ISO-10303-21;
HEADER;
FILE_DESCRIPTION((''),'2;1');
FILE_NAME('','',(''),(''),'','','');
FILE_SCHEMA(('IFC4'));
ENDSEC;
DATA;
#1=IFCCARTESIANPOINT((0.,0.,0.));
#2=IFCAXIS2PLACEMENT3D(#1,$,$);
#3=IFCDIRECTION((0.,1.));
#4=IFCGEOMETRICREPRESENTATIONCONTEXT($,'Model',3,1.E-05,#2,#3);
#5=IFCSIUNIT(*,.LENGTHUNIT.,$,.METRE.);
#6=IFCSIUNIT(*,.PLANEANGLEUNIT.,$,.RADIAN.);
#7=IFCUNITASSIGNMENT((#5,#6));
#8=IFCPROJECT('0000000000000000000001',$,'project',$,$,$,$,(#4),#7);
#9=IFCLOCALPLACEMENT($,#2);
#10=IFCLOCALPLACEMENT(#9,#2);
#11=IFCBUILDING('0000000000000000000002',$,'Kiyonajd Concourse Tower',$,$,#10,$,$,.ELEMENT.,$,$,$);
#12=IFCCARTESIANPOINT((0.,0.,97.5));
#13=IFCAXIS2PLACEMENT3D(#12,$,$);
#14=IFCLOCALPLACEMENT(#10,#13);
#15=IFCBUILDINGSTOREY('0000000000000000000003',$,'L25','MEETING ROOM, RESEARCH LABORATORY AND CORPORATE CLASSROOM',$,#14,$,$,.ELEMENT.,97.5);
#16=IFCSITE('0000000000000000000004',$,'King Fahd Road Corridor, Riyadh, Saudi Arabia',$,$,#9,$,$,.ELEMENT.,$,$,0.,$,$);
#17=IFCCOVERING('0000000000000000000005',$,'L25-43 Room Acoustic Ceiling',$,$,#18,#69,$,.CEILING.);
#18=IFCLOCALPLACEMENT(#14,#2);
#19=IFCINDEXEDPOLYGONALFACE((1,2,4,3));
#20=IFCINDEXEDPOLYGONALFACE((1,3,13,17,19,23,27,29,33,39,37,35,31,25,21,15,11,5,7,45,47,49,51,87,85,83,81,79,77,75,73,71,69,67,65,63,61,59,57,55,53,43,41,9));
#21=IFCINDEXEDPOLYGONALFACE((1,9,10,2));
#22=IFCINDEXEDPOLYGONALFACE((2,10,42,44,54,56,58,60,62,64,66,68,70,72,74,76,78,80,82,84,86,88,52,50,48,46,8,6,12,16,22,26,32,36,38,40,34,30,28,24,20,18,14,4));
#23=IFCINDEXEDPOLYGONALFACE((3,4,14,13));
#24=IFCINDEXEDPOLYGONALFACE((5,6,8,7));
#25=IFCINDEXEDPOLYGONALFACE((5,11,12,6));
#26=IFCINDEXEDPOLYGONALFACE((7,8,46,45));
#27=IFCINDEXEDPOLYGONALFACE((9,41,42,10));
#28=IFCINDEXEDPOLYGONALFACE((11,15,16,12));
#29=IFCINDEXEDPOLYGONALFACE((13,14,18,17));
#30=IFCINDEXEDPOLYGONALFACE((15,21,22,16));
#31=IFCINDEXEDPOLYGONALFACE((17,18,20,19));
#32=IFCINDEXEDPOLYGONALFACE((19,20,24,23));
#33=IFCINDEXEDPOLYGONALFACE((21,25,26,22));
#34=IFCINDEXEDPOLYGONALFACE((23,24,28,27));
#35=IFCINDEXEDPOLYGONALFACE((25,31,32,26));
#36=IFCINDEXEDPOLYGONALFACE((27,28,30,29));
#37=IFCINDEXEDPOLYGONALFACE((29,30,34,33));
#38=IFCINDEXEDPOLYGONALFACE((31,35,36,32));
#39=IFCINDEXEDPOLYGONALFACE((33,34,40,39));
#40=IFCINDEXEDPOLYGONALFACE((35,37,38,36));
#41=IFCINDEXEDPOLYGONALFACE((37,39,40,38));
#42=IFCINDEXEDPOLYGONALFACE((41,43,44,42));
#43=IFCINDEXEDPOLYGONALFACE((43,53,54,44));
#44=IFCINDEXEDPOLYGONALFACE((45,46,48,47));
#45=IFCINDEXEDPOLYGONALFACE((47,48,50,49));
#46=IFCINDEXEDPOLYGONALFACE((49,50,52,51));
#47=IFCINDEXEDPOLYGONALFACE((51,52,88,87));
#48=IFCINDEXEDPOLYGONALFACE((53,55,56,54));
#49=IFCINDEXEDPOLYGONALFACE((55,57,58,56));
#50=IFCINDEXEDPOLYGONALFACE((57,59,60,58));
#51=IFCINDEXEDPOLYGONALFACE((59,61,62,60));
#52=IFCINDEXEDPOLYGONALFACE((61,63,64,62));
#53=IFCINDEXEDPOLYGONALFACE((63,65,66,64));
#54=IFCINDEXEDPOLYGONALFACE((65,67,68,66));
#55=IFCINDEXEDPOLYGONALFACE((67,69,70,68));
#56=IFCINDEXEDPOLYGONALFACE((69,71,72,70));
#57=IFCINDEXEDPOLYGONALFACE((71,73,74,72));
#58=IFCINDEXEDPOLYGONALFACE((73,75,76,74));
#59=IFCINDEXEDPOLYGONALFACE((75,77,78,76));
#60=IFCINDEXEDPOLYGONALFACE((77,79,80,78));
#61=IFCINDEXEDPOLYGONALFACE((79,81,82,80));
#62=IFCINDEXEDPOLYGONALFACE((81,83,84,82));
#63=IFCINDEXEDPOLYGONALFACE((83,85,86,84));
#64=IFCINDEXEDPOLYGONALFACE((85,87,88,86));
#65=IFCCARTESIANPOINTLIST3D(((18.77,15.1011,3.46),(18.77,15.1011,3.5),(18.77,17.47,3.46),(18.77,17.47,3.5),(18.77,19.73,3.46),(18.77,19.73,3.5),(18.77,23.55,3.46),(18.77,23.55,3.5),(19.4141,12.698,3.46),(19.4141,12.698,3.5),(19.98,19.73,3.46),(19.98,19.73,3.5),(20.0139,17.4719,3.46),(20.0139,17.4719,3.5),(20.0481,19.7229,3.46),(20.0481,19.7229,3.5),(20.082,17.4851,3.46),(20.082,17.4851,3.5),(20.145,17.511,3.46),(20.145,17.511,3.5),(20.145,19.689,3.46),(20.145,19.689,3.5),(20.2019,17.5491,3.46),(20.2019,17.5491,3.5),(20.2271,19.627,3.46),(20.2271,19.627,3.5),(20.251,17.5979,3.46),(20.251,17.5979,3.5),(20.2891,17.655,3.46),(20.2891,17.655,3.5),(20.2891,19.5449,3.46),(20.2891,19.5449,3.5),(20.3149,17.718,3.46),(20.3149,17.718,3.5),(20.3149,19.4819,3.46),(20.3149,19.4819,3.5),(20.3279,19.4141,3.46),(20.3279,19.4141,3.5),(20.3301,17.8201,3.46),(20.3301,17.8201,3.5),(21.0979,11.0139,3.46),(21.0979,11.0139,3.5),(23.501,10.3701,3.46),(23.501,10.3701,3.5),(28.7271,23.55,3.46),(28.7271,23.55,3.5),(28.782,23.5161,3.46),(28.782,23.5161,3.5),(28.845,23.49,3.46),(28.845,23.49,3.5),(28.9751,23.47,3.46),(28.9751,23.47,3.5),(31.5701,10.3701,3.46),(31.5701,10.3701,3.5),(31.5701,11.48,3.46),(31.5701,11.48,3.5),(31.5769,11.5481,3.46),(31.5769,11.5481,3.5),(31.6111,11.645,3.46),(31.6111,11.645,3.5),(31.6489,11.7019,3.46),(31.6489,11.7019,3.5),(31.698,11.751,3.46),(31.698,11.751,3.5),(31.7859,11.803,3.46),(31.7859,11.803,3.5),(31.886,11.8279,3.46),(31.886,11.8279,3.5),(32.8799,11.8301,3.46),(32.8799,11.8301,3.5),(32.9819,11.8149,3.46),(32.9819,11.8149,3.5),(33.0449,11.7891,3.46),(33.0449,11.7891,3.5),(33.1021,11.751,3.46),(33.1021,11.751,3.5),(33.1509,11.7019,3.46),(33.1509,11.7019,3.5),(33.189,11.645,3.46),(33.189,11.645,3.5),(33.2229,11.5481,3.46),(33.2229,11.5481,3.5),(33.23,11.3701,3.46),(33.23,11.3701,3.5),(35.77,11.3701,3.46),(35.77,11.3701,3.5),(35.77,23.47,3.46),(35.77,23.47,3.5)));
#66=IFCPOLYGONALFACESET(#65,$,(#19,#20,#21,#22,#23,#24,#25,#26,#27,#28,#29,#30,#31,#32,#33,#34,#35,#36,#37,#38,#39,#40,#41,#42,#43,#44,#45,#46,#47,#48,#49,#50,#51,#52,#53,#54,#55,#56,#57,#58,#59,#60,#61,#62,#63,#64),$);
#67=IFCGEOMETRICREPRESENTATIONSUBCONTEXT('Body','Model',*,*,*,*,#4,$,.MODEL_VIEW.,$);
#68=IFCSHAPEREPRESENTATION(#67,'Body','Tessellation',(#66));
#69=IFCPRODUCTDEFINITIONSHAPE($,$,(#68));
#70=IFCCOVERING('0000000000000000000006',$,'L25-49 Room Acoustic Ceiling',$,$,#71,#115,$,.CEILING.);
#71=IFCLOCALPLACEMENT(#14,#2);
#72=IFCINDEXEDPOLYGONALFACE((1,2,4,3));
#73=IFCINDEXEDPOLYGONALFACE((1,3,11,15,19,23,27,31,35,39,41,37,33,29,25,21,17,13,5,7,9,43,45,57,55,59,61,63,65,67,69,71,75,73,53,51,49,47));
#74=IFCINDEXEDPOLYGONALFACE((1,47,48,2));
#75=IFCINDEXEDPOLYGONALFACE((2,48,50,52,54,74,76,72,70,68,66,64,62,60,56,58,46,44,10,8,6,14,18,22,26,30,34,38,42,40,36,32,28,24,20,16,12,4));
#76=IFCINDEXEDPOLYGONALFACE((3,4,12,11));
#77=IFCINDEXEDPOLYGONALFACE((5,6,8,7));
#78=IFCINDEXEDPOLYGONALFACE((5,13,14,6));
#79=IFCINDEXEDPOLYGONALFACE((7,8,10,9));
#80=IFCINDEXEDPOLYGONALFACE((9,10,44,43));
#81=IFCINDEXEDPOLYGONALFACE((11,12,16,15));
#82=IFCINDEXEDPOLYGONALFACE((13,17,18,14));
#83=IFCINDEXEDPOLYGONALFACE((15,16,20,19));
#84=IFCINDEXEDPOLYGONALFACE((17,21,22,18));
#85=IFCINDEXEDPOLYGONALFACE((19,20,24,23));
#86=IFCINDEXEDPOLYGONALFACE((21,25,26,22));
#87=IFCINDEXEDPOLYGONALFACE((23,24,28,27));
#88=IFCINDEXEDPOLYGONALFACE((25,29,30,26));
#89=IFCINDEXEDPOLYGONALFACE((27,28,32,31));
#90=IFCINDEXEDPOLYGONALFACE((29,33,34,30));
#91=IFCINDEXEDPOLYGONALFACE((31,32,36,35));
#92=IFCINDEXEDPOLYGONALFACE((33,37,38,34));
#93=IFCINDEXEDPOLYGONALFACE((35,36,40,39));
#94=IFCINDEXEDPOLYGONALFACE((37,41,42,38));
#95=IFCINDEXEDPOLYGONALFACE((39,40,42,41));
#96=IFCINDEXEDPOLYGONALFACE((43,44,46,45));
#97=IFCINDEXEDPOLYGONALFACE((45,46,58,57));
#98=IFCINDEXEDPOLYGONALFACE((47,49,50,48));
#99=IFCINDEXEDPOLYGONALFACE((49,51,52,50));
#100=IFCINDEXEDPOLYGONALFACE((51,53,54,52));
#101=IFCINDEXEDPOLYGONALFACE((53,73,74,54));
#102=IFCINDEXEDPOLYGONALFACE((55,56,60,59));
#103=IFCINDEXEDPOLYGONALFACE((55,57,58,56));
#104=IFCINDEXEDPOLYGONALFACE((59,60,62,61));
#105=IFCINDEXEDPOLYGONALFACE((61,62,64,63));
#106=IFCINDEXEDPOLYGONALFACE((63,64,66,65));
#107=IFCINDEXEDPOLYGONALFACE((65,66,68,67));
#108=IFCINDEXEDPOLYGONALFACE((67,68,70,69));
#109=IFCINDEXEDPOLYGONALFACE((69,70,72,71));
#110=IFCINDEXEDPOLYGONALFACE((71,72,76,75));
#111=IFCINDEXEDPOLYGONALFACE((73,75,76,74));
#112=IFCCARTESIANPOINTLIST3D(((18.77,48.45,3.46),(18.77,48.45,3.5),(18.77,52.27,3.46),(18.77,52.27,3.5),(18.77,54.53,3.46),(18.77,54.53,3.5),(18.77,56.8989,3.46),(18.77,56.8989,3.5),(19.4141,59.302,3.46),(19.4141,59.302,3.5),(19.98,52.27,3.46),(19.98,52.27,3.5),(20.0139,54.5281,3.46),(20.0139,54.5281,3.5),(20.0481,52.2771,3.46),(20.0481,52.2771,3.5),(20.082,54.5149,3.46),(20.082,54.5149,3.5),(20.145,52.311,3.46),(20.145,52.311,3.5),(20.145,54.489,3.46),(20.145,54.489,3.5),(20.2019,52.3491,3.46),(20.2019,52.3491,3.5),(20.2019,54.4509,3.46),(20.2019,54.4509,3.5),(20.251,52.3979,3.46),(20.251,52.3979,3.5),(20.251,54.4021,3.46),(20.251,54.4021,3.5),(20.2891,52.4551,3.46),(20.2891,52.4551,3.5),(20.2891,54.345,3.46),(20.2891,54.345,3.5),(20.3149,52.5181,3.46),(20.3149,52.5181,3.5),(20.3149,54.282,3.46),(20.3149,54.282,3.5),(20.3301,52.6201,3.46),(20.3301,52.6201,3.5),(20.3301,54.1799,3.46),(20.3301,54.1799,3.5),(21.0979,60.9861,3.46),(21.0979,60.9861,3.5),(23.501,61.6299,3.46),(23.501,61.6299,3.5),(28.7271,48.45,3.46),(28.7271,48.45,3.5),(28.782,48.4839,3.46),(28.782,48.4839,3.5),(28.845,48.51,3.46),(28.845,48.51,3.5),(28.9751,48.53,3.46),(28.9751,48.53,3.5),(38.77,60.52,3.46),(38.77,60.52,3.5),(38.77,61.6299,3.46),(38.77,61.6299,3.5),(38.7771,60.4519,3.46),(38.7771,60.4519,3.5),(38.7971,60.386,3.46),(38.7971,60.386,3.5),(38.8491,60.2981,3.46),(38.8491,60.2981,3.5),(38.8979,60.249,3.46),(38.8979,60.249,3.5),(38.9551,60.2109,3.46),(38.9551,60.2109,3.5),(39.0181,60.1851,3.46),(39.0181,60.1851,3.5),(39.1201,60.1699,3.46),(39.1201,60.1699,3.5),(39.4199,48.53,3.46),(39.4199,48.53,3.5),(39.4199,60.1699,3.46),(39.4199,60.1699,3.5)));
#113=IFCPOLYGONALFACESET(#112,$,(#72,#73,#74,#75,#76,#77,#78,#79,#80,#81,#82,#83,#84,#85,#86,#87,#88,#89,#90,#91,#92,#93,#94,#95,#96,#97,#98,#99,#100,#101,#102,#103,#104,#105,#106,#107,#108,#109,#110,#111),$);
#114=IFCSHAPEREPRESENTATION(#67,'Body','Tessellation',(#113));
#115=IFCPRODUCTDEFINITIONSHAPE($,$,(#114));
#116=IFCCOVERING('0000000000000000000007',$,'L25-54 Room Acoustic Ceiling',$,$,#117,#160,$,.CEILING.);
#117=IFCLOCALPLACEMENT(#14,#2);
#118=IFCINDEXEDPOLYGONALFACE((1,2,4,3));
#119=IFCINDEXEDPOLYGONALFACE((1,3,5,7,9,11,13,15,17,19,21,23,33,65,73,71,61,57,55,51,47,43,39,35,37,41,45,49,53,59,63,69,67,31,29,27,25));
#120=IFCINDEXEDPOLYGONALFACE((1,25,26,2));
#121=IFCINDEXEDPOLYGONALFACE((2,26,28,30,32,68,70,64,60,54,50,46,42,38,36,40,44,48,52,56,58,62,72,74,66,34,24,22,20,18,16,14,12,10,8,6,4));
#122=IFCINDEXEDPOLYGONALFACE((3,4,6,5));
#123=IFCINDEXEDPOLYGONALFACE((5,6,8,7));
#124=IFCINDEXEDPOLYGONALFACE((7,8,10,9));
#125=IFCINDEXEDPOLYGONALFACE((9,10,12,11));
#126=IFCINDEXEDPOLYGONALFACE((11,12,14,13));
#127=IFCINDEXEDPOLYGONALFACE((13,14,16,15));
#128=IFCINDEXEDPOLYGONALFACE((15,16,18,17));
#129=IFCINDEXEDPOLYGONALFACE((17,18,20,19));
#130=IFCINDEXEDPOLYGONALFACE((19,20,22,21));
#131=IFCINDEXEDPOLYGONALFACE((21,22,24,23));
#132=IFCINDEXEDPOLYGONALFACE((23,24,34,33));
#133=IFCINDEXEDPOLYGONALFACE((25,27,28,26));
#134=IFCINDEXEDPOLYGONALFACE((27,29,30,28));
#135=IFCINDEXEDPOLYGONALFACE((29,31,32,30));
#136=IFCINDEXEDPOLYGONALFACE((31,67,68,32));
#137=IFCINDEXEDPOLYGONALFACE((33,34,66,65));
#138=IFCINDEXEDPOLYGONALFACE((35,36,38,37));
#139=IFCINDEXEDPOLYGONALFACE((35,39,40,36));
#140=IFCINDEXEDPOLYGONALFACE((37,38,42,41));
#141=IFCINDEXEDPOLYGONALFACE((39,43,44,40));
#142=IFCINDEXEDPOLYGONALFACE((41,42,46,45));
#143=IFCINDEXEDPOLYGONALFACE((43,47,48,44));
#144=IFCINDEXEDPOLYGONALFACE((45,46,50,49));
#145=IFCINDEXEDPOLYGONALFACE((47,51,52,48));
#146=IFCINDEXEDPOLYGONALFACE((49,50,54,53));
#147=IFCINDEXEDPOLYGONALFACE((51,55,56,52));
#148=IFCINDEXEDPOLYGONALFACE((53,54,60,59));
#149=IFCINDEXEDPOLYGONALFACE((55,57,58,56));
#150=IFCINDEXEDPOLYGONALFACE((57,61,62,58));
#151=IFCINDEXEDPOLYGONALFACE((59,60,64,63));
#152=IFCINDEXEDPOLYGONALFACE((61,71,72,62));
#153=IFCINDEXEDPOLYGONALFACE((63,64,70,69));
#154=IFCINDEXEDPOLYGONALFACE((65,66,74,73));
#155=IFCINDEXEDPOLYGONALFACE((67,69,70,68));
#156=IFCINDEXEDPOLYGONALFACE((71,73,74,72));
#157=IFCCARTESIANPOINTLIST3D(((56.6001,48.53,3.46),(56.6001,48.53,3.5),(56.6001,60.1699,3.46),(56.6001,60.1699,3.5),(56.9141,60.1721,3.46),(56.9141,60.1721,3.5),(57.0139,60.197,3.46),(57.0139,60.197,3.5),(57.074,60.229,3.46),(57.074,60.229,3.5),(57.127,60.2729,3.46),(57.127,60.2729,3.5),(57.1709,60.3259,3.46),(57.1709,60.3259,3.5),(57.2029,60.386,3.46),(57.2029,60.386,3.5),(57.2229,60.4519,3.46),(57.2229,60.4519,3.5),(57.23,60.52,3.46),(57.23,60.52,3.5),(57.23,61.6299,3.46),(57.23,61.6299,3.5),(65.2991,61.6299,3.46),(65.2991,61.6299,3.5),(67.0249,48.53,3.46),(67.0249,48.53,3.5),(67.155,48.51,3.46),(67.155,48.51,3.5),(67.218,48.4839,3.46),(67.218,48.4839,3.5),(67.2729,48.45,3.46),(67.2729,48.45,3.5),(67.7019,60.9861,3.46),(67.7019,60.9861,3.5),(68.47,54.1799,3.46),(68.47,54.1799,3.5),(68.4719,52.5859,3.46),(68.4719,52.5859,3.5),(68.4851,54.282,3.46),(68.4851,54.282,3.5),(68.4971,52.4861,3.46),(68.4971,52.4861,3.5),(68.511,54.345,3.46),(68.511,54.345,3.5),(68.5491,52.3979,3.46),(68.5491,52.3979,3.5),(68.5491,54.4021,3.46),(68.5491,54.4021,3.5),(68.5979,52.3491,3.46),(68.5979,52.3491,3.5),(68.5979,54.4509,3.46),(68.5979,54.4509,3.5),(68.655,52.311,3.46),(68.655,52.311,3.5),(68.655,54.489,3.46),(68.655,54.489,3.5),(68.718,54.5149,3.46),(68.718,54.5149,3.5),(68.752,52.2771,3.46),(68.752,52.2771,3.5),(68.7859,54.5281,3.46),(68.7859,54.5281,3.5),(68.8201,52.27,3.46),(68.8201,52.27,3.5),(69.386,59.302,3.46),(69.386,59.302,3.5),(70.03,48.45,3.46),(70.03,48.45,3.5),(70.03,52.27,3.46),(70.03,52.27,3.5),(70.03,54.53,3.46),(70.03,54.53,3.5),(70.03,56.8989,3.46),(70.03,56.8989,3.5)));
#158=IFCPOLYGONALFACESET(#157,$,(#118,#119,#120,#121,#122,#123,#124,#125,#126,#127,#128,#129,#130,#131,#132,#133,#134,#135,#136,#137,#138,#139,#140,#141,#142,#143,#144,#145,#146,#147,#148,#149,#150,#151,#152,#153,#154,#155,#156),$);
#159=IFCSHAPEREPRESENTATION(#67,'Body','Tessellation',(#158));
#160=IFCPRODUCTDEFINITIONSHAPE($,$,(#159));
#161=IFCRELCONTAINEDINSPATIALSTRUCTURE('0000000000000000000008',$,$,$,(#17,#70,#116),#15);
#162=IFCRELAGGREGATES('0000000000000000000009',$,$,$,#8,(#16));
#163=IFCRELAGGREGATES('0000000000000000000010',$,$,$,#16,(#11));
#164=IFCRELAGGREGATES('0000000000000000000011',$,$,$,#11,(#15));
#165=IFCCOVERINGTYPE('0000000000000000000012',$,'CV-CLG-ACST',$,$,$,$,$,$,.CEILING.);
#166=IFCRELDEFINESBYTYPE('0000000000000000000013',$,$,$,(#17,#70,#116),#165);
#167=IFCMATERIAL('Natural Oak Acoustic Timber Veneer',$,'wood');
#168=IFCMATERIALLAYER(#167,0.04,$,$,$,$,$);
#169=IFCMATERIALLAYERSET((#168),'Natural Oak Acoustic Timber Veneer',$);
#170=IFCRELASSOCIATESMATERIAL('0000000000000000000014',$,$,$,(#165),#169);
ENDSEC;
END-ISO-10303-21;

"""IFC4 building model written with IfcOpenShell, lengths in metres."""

from ifc_helpers import new_model, si_unit, direction, frame, origin, place, context, subcontext, project, spatial, polyline, outline, extrude, material, layer, layer_set, type_object, element, save


model = new_model("IFC4")

# Units and contexts
model_context = context("Model", 3, precision=1e-05, world=origin(), true_north=direction((0.0, 1.0)))
body_context = subcontext(model_context, "Body", "Model", "MODEL_VIEW")
ifc_project = project(units=[si_unit("LENGTHUNIT", "METRE"), si_unit("PLANEANGLEUNIT", "RADIAN")], contexts=[model_context])

# Site, building, storey
site_placement = place(None, origin())
site = spatial("IfcSite", under=ifc_project, at=site_placement, Name="King Fahd Road Corridor, Riyadh, Saudi Arabia", CompositionType="ELEMENT", RefElevation=0.0)
building_placement = place(site_placement, origin())
building = spatial("IfcBuilding", under=site, at=building_placement, Name="Kiyonajd Concourse Tower", CompositionType="ELEMENT")
storey_placement = place(building_placement, frame((0.0, 0.0, 97.5)))
storey = spatial("IfcBuildingStorey", under=building, at=storey_placement, Name="L25", Description="MEETING ROOM, RESEARCH LABORATORY AND CORPORATE CLASSROOM", CompositionType="ELEMENT", Elevation=97.5)

# Shared definitions
ifc_material_1 = material(Name="Natural Oak Acoustic Timber Veneer", Category="wood")

# Coverings
ifc_layer_1 = layer(ifc_material_1, 0.04)
ifc_layer_set_1 = layer_set([ifc_layer_1], Name="Natural Oak Acoustic Timber Veneer")
covering_type = type_object("IfcCoveringType", Name="CV-CLG-ACST", PredefinedType="CEILING", material=ifc_layer_set_1)
covering_1_placement = place(storey_placement, frame((0.0, 0.0, 3.46)))
element("IfcCovering", 1, at=covering_1_placement, inside=storey, type_object=covering_type, Name="L25-43 Room Acoustic Ceiling", PredefinedType="CEILING", context=body_context, shape_type="SweptSolid", body=[
    extrude(outline(polyline([(19.4141, 12.698), (18.77, 15.1011), (18.77, 17.47), (20.0139, 17.4719), (20.082, 17.4851), (20.145, 17.511), (20.2019, 17.5491), (20.251, 17.5979), (20.2891, 17.655), (20.3149, 17.718), (20.3301, 17.8201), (20.3279, 19.4141), (20.3149, 19.4819), (20.2891, 19.5449), (20.2271, 19.627), (20.145, 19.689), (20.0481, 19.7229), (19.98, 19.73), (18.77, 19.73), (18.77, 23.55), (28.7271, 23.55), (28.782, 23.5161), (28.845, 23.49), (28.9751, 23.47), (35.77, 23.47), (35.77, 11.3701), (33.23, 11.3701), (33.2229, 11.5481), (33.189, 11.645), (33.1509, 11.7019), (33.1021, 11.751), (33.0449, 11.7891), (32.9819, 11.8149), (32.8799, 11.8301), (31.886, 11.8279), (31.7859, 11.803), (31.698, 11.751), (31.6489, 11.7019), (31.6111, 11.645), (31.5769, 11.5481), (31.5701, 11.48), (31.5701, 10.3701), (23.501, 10.3701), (21.0979, 11.0139), (19.4141, 12.698)])), origin(), (0.0, 0.0, 1.0), 0.04),
])
covering_2_placement = place(storey_placement, frame((0.0, 0.0, 3.46)))
element("IfcCovering", 2, at=covering_2_placement, inside=storey, type_object=covering_type, Name="L25-49 Room Acoustic Ceiling", PredefinedType="CEILING", context=body_context, shape_type="SweptSolid", body=[
    extrude(outline(polyline([(21.0979, 60.9861), (23.501, 61.6299), (38.77, 61.6299), (38.77, 60.52), (38.7771, 60.4519), (38.7971, 60.386), (38.8491, 60.2981), (38.8979, 60.249), (38.9551, 60.2109), (39.0181, 60.1851), (39.1201, 60.1699), (39.4199, 60.1699), (39.4199, 48.53), (28.9751, 48.53), (28.845, 48.51), (28.782, 48.4839), (28.7271, 48.45), (18.77, 48.45), (18.77, 52.27), (19.98, 52.27), (20.0481, 52.2771), (20.145, 52.311), (20.2019, 52.3491), (20.251, 52.3979), (20.2891, 52.4551), (20.3149, 52.5181), (20.3301, 52.6201), (20.3301, 54.1799), (20.3149, 54.282), (20.2891, 54.345), (20.251, 54.4021), (20.2019, 54.4509), (20.145, 54.489), (20.082, 54.5149), (20.0139, 54.5281), (18.77, 54.53), (18.77, 56.8989), (19.4141, 59.302), (21.0979, 60.9861)])), origin(), (0.0, 0.0, 1.0), 0.04),
])
covering_3_placement = place(storey_placement, frame((0.0, 0.0, 3.46)))
element("IfcCovering", 3, at=covering_3_placement, inside=storey, type_object=covering_type, Name="L25-54 Room Acoustic Ceiling", PredefinedType="CEILING", context=body_context, shape_type="SweptSolid", body=[
    extrude(outline(polyline([(57.23, 61.6299), (65.2991, 61.6299), (67.7019, 60.9861), (69.386, 59.302), (70.03, 56.8989), (70.03, 54.53), (68.7859, 54.5281), (68.718, 54.5149), (68.655, 54.489), (68.5979, 54.4509), (68.5491, 54.4021), (68.511, 54.345), (68.4851, 54.282), (68.47, 54.1799), (68.4719, 52.5859), (68.4971, 52.4861), (68.5491, 52.3979), (68.5979, 52.3491), (68.655, 52.311), (68.752, 52.2771), (68.8201, 52.27), (70.03, 52.27), (70.03, 48.45), (67.2729, 48.45), (67.218, 48.4839), (67.155, 48.51), (67.0249, 48.53), (56.6001, 48.53), (56.6001, 60.1699), (56.9141, 60.1721), (57.0139, 60.197), (57.074, 60.229), (57.127, 60.2729), (57.1709, 60.3259), (57.2029, 60.386), (57.2229, 60.4519), (57.23, 60.52), (57.23, 61.6299)])), origin(), (0.0, 0.0, 1.0), 0.04),
])

save(model, "model.ifc")
